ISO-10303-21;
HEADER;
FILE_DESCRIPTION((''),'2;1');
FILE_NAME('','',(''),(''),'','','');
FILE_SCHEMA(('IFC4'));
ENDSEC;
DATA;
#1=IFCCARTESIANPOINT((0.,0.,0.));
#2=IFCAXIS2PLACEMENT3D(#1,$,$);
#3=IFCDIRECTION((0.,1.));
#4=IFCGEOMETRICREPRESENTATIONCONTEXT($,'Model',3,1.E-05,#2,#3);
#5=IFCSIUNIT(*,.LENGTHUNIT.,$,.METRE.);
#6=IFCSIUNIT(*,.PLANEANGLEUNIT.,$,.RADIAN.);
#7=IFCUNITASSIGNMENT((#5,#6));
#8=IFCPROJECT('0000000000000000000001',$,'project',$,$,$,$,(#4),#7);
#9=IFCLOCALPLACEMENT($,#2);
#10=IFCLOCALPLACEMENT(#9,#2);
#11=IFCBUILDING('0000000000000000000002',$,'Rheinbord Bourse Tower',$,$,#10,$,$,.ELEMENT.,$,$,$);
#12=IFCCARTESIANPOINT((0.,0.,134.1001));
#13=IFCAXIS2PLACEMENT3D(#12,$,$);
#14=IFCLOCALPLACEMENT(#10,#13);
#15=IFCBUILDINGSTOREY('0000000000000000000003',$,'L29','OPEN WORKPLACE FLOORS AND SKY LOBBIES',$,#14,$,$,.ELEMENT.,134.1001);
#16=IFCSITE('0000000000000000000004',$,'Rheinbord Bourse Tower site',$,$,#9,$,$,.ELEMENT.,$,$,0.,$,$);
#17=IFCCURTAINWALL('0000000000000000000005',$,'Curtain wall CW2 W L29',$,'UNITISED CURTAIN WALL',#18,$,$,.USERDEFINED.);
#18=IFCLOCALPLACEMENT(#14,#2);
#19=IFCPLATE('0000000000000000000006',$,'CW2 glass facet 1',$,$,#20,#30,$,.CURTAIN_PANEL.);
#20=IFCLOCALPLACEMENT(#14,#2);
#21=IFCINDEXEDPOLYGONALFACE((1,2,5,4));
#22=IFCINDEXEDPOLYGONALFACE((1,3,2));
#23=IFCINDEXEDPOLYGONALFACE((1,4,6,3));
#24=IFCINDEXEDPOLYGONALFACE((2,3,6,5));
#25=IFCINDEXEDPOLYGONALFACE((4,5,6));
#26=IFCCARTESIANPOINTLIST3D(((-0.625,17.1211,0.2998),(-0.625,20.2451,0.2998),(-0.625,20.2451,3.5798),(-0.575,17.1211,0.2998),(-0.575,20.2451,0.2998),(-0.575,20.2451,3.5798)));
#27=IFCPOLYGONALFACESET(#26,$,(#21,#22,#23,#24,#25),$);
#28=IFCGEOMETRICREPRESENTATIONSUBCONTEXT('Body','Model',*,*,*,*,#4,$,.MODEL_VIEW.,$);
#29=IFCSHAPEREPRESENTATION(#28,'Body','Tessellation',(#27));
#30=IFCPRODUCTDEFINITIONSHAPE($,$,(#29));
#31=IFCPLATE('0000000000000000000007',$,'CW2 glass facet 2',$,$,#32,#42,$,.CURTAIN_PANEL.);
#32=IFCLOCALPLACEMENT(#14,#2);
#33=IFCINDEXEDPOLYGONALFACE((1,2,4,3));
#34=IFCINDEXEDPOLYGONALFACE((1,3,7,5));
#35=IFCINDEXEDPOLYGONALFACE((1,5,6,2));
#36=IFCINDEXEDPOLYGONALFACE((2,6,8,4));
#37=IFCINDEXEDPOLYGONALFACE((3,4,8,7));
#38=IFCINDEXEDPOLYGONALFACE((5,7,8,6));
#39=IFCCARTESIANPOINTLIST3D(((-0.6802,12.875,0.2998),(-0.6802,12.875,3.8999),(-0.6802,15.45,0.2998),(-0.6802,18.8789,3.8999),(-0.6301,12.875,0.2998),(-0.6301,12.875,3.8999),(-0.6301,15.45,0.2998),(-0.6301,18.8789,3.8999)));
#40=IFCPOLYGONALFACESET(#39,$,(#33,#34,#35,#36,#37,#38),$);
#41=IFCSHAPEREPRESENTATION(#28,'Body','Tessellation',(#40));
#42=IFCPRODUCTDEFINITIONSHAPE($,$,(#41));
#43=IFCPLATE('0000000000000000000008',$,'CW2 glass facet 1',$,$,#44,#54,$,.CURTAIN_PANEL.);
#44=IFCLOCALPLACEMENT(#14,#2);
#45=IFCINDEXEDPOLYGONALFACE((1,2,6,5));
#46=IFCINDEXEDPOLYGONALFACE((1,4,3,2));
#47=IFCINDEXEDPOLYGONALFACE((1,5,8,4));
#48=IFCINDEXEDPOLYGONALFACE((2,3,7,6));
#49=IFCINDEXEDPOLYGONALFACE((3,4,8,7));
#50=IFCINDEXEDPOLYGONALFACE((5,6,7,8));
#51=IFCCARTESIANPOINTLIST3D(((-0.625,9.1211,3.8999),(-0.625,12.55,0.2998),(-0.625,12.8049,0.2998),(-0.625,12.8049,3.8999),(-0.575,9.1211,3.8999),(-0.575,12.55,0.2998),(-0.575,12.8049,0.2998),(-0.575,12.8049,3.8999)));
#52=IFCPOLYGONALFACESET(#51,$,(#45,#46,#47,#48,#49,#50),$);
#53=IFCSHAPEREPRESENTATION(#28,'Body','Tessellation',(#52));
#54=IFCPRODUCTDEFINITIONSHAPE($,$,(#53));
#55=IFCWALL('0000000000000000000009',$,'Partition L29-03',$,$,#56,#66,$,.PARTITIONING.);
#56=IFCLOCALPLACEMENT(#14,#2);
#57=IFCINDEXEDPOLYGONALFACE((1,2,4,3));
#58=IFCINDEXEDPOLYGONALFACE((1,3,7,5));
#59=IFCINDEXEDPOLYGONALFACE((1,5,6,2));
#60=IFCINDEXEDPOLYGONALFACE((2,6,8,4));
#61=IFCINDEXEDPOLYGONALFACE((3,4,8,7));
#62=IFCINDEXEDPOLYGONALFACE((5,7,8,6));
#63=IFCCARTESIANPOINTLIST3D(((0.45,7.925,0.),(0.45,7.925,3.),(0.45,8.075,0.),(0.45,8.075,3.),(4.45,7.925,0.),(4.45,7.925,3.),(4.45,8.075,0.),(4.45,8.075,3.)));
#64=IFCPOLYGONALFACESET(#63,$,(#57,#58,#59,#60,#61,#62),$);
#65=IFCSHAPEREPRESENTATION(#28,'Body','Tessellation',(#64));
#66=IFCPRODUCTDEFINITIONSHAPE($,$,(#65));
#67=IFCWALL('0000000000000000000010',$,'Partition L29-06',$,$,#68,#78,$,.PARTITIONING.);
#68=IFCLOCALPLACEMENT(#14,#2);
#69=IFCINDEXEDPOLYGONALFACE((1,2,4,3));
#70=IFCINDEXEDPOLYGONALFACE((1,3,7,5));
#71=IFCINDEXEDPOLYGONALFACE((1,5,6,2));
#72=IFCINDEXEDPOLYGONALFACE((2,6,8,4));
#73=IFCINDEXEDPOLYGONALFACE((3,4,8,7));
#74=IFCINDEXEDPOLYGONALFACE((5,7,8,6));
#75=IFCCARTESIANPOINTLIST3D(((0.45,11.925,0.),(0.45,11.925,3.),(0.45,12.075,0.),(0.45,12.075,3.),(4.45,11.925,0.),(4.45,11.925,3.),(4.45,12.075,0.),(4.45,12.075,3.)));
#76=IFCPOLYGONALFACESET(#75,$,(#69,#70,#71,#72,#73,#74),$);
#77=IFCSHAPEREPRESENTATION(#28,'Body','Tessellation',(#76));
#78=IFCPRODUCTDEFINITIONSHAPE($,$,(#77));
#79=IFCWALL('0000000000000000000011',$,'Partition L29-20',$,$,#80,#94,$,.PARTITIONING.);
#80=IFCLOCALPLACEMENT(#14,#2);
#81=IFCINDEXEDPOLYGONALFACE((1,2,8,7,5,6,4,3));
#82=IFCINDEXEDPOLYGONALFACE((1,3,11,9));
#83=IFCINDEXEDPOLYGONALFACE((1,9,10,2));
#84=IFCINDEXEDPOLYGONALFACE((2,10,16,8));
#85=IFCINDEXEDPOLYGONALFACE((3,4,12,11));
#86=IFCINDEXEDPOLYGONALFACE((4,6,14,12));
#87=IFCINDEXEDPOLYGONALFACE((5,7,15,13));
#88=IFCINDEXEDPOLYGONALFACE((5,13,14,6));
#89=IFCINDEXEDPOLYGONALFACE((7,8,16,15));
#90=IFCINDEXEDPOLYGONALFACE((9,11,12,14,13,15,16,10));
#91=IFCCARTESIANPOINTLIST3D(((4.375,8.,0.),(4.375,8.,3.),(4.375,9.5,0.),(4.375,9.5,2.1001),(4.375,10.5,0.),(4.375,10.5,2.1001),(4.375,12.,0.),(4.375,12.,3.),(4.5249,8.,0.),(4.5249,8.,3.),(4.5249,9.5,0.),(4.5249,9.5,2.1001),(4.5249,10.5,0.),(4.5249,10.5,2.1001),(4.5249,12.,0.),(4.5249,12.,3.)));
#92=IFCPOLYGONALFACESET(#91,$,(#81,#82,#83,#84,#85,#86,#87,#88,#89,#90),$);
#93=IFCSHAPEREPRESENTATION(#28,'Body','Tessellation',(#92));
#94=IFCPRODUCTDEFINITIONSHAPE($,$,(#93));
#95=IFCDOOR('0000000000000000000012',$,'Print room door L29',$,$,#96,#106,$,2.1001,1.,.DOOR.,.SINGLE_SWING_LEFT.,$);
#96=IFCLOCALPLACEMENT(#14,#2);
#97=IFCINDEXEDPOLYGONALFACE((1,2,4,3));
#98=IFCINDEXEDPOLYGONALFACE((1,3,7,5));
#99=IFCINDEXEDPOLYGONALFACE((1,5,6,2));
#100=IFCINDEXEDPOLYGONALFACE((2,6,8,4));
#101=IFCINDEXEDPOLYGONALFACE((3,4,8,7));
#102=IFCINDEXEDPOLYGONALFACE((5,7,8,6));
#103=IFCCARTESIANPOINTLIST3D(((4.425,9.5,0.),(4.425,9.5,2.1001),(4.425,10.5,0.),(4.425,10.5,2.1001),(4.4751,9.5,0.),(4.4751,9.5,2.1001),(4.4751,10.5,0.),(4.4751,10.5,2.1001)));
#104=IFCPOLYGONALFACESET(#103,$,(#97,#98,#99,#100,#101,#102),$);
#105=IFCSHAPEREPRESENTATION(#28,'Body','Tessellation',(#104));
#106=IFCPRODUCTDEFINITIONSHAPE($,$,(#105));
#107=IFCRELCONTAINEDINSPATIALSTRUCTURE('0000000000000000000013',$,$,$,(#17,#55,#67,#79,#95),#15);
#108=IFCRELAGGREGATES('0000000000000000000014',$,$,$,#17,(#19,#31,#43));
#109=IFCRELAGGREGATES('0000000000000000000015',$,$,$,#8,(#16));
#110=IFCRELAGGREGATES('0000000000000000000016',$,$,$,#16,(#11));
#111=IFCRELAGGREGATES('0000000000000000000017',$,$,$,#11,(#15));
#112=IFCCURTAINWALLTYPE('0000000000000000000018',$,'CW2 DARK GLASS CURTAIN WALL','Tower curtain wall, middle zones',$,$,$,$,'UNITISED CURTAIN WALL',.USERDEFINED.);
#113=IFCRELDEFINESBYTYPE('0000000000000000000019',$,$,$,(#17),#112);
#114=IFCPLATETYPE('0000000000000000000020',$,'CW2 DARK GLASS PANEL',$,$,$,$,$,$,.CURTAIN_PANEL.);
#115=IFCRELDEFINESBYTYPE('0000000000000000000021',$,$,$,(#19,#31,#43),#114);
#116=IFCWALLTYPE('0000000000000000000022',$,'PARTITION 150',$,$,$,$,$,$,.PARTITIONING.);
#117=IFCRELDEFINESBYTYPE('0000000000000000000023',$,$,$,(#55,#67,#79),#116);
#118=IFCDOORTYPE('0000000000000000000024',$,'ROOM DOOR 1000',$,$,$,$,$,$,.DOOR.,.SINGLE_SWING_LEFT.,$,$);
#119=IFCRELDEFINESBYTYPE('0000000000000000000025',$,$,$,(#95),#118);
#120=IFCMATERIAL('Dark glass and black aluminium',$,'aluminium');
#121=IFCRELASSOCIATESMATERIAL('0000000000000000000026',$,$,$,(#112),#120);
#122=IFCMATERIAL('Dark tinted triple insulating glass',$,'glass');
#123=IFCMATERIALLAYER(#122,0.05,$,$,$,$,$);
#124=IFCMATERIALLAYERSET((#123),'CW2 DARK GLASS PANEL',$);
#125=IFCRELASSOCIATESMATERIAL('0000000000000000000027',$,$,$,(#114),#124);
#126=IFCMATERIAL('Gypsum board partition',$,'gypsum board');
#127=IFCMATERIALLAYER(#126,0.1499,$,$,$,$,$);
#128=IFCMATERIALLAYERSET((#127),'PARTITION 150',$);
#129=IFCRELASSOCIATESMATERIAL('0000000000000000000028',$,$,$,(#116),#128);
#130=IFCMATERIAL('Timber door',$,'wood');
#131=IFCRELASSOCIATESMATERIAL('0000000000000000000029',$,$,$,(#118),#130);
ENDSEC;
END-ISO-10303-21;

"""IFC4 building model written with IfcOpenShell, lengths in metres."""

from ifc_helpers import new_model, si_unit, direction, frame, frame_2d, origin, place, context, subcontext, project, spatial, polyline, rectangle, outline, extrude, material, layer, layer_set, type_object, element, fill, aggregate, save


model = new_model("IFC4")

# Units and contexts
model_context = context("Model", 3, precision=1e-05, world=origin(), true_north=direction((0.0, 1.0)))
body_context = subcontext(model_context, "Body", "Model", "MODEL_VIEW")
ifc_project = project(units=[si_unit("LENGTHUNIT", "METRE"), si_unit("PLANEANGLEUNIT", "RADIAN")], contexts=[model_context])

# Site, building, storey
site_placement = place(None, origin())
site = spatial("IfcSite", under=ifc_project, at=site_placement, Name="Rheinbord Bourse Tower site", CompositionType="ELEMENT", RefElevation=0.0)
building_placement = place(site_placement, origin())
building = spatial("IfcBuilding", under=site, at=building_placement, Name="Rheinbord Bourse Tower", CompositionType="ELEMENT")
storey_placement = place(building_placement, frame((0.0, 0.0, 134.1001)))
storey = spatial("IfcBuildingStorey", under=building, at=storey_placement, Name="L29", Description="OPEN WORKPLACE FLOORS AND SKY LOBBIES", CompositionType="ELEMENT", Elevation=134.1001)

# Curtain wall
ifc_material_1 = material(Name="Dark glass and black aluminium", Category="aluminium")
curtain_wall_type = type_object("IfcCurtainWallType", Name="CW2 DARK GLASS CURTAIN WALL", Description="Tower curtain wall, middle zones", ElementType="UNITISED CURTAIN WALL", PredefinedType="USERDEFINED", material=ifc_material_1)
curtain_wall_placement = place(storey_placement, origin())
curtain_wall = element("IfcCurtainWall", 1, at=curtain_wall_placement, inside=storey, type_object=curtain_wall_type, Name="Curtain wall CW2 W L29", ObjectType="UNITISED CURTAIN WALL", PredefinedType="USERDEFINED")

# Plates
ifc_material_2 = material(Name="Dark tinted triple insulating glass", Category="glass")
ifc_layer_1 = layer(ifc_material_2, 0.05)
ifc_layer_set_1 = layer_set([ifc_layer_1], Name="CW2 DARK GLASS PANEL")
plate_type = type_object("IfcPlateType", Name="CW2 DARK GLASS PANEL", PredefinedType="CURTAIN_PANEL", material=ifc_layer_set_1)
plate_1_placement = place(storey_placement, frame((-0.625, 20.2451, 0.2998), z_axis=(1.0, 0.0, 0.0), x_axis=(0.0, 0.0, 1.0)))
plate_1 = element("IfcPlate", 2, at=plate_1_placement, type_object=plate_type, Name="CW2 glass facet 1", PredefinedType="CURTAIN_PANEL", context=body_context, shape_type="SweptSolid", body=[
    extrude(outline(polyline([(0.0, 0.0), (3.28, 0.0), (0.0, 3.124), (0.0, 0.0)])), origin(), (0.0, 0.0, 1.0), 0.05),
])
plate_2_placement = place(storey_placement, frame((-0.6802, 12.875, 3.8999), z_axis=(1.0, 0.0, 0.0), x_axis=(0.0, 0.0, -1.0)))
plate_2 = element("IfcPlate", 3, at=plate_2_placement, type_object=plate_type, Name="CW2 glass facet 2", PredefinedType="CURTAIN_PANEL", context=body_context, shape_type="SweptSolid", body=[
    extrude(outline(polyline([(0.0, 0.0), (3.6001, 0.0), (3.6001, 2.575), (0.0, 6.0039), (0.0, 0.0)])), origin(), (0.0, 0.0, 1.0), 0.05),
])
plate_3_placement = place(storey_placement, frame((-0.625, 12.8049, 0.2998), z_axis=(1.0, 0.0, 0.0), x_axis=(0.0, 0.0, 1.0)))
plate_3 = element("IfcPlate", 4, at=plate_3_placement, type_object=plate_type, Name="CW2 glass facet 1", PredefinedType="CURTAIN_PANEL", context=body_context, shape_type="SweptSolid", body=[
    extrude(outline(polyline([(0.0, 0.0), (3.6001, 0.0), (3.6001, 3.6838), (0.0, 0.2549), (0.0, 0.0)])), origin(), (0.0, 0.0, 1.0), 0.05),
])
aggregate(curtain_wall, [plate_1, plate_2, plate_3])

# Walls
ifc_material_3 = material(Name="Gypsum board partition", Category="gypsum board")
ifc_layer_2 = layer(ifc_material_3, 0.1499)
ifc_layer_set_2 = layer_set([ifc_layer_2], Name="PARTITION 150")
wall_type = type_object("IfcWallType", Name="PARTITION 150", PredefinedType="PARTITIONING", material=ifc_layer_set_2)
for number, where, z_axis, x_axis, name in (
    (5, (0.45, 8.0, 0.0), (0.0, 0.0, 1.0), (1.0, 0.0, 0.0), "Partition L29-03"),
    (6, (0.45, 12.0, 0.0), (0.0, 0.0, 1.0), (1.0, 0.0, 0.0), "Partition L29-06"),
):
    element("IfcWall", number, at=place(storey_placement, frame(where, z_axis=z_axis, x_axis=x_axis)), inside=storey, type_object=wall_type, Name=name, PredefinedType="PARTITIONING", context=body_context, shape_type="SweptSolid", body=[
        extrude(rectangle(XDim=4.0, YDim=0.1499, at=frame_2d((2.0, 0.0))), origin(), (0.0, 0.0, 1.0), 3.0),
    ])

# Wall, opening, door
wall_placement = place(storey_placement, frame((4.45, 8.0, 0.0), z_axis=(0.0, 0.0, 1.0), x_axis=(0.0, 1.0, 0.0)))
wall = element("IfcWall", 7, at=wall_placement, inside=storey, type_object=wall_type, Name="Partition L29-20", PredefinedType="PARTITIONING", context=body_context, shape_type="SweptSolid", body=[
    extrude(rectangle(XDim=4.0, YDim=0.1499, at=frame_2d((2.0, 0.0))), origin(), (0.0, 0.0, 1.0), 3.0),
])
opening_placement = place(wall_placement, frame((1.5, 0.0, 0.0)))
opening = element("IfcOpeningElement", 8, at=opening_placement, cuts=wall, PredefinedType="OPENING", context=body_context, shape_type="SweptSolid", body=[
    extrude(rectangle(XDim=1.0, YDim=2.1001, at=frame_2d((0.5, 1.05))), frame((0.0, 0.085, 0.0), z_axis=(0.0, -1.0, 0.0), x_axis=(1.0, 0.0, 0.0)), (0.0, 0.0, 1.0), 0.1699),
])
ifc_material_4 = material(Name="Timber door", Category="wood")
door_type = type_object("IfcDoorType", Name="ROOM DOOR 1000", OperationType="SINGLE_SWING_LEFT", PredefinedType="DOOR", material=ifc_material_4)
door_placement = place(opening_placement, origin())
door = element("IfcDoor", 9, at=door_placement, inside=storey, type_object=door_type, Name="Print room door L29", OperationType="SINGLE_SWING_LEFT", OverallHeight=2.1001, OverallWidth=1.0, PredefinedType="DOOR", context=body_context, shape_type="SweptSolid", body=[
    extrude(rectangle(XDim=1.0, YDim=2.1001, at=frame_2d((0.5, 1.05))), frame((0.0, 0.0249, 0.0), z_axis=(0.0, -1.0, 0.0), x_axis=(1.0, 0.0, 0.0)), (0.0, 0.0, 1.0), 0.05),
])
fill(opening, door)

save(model, "model.ifc")
